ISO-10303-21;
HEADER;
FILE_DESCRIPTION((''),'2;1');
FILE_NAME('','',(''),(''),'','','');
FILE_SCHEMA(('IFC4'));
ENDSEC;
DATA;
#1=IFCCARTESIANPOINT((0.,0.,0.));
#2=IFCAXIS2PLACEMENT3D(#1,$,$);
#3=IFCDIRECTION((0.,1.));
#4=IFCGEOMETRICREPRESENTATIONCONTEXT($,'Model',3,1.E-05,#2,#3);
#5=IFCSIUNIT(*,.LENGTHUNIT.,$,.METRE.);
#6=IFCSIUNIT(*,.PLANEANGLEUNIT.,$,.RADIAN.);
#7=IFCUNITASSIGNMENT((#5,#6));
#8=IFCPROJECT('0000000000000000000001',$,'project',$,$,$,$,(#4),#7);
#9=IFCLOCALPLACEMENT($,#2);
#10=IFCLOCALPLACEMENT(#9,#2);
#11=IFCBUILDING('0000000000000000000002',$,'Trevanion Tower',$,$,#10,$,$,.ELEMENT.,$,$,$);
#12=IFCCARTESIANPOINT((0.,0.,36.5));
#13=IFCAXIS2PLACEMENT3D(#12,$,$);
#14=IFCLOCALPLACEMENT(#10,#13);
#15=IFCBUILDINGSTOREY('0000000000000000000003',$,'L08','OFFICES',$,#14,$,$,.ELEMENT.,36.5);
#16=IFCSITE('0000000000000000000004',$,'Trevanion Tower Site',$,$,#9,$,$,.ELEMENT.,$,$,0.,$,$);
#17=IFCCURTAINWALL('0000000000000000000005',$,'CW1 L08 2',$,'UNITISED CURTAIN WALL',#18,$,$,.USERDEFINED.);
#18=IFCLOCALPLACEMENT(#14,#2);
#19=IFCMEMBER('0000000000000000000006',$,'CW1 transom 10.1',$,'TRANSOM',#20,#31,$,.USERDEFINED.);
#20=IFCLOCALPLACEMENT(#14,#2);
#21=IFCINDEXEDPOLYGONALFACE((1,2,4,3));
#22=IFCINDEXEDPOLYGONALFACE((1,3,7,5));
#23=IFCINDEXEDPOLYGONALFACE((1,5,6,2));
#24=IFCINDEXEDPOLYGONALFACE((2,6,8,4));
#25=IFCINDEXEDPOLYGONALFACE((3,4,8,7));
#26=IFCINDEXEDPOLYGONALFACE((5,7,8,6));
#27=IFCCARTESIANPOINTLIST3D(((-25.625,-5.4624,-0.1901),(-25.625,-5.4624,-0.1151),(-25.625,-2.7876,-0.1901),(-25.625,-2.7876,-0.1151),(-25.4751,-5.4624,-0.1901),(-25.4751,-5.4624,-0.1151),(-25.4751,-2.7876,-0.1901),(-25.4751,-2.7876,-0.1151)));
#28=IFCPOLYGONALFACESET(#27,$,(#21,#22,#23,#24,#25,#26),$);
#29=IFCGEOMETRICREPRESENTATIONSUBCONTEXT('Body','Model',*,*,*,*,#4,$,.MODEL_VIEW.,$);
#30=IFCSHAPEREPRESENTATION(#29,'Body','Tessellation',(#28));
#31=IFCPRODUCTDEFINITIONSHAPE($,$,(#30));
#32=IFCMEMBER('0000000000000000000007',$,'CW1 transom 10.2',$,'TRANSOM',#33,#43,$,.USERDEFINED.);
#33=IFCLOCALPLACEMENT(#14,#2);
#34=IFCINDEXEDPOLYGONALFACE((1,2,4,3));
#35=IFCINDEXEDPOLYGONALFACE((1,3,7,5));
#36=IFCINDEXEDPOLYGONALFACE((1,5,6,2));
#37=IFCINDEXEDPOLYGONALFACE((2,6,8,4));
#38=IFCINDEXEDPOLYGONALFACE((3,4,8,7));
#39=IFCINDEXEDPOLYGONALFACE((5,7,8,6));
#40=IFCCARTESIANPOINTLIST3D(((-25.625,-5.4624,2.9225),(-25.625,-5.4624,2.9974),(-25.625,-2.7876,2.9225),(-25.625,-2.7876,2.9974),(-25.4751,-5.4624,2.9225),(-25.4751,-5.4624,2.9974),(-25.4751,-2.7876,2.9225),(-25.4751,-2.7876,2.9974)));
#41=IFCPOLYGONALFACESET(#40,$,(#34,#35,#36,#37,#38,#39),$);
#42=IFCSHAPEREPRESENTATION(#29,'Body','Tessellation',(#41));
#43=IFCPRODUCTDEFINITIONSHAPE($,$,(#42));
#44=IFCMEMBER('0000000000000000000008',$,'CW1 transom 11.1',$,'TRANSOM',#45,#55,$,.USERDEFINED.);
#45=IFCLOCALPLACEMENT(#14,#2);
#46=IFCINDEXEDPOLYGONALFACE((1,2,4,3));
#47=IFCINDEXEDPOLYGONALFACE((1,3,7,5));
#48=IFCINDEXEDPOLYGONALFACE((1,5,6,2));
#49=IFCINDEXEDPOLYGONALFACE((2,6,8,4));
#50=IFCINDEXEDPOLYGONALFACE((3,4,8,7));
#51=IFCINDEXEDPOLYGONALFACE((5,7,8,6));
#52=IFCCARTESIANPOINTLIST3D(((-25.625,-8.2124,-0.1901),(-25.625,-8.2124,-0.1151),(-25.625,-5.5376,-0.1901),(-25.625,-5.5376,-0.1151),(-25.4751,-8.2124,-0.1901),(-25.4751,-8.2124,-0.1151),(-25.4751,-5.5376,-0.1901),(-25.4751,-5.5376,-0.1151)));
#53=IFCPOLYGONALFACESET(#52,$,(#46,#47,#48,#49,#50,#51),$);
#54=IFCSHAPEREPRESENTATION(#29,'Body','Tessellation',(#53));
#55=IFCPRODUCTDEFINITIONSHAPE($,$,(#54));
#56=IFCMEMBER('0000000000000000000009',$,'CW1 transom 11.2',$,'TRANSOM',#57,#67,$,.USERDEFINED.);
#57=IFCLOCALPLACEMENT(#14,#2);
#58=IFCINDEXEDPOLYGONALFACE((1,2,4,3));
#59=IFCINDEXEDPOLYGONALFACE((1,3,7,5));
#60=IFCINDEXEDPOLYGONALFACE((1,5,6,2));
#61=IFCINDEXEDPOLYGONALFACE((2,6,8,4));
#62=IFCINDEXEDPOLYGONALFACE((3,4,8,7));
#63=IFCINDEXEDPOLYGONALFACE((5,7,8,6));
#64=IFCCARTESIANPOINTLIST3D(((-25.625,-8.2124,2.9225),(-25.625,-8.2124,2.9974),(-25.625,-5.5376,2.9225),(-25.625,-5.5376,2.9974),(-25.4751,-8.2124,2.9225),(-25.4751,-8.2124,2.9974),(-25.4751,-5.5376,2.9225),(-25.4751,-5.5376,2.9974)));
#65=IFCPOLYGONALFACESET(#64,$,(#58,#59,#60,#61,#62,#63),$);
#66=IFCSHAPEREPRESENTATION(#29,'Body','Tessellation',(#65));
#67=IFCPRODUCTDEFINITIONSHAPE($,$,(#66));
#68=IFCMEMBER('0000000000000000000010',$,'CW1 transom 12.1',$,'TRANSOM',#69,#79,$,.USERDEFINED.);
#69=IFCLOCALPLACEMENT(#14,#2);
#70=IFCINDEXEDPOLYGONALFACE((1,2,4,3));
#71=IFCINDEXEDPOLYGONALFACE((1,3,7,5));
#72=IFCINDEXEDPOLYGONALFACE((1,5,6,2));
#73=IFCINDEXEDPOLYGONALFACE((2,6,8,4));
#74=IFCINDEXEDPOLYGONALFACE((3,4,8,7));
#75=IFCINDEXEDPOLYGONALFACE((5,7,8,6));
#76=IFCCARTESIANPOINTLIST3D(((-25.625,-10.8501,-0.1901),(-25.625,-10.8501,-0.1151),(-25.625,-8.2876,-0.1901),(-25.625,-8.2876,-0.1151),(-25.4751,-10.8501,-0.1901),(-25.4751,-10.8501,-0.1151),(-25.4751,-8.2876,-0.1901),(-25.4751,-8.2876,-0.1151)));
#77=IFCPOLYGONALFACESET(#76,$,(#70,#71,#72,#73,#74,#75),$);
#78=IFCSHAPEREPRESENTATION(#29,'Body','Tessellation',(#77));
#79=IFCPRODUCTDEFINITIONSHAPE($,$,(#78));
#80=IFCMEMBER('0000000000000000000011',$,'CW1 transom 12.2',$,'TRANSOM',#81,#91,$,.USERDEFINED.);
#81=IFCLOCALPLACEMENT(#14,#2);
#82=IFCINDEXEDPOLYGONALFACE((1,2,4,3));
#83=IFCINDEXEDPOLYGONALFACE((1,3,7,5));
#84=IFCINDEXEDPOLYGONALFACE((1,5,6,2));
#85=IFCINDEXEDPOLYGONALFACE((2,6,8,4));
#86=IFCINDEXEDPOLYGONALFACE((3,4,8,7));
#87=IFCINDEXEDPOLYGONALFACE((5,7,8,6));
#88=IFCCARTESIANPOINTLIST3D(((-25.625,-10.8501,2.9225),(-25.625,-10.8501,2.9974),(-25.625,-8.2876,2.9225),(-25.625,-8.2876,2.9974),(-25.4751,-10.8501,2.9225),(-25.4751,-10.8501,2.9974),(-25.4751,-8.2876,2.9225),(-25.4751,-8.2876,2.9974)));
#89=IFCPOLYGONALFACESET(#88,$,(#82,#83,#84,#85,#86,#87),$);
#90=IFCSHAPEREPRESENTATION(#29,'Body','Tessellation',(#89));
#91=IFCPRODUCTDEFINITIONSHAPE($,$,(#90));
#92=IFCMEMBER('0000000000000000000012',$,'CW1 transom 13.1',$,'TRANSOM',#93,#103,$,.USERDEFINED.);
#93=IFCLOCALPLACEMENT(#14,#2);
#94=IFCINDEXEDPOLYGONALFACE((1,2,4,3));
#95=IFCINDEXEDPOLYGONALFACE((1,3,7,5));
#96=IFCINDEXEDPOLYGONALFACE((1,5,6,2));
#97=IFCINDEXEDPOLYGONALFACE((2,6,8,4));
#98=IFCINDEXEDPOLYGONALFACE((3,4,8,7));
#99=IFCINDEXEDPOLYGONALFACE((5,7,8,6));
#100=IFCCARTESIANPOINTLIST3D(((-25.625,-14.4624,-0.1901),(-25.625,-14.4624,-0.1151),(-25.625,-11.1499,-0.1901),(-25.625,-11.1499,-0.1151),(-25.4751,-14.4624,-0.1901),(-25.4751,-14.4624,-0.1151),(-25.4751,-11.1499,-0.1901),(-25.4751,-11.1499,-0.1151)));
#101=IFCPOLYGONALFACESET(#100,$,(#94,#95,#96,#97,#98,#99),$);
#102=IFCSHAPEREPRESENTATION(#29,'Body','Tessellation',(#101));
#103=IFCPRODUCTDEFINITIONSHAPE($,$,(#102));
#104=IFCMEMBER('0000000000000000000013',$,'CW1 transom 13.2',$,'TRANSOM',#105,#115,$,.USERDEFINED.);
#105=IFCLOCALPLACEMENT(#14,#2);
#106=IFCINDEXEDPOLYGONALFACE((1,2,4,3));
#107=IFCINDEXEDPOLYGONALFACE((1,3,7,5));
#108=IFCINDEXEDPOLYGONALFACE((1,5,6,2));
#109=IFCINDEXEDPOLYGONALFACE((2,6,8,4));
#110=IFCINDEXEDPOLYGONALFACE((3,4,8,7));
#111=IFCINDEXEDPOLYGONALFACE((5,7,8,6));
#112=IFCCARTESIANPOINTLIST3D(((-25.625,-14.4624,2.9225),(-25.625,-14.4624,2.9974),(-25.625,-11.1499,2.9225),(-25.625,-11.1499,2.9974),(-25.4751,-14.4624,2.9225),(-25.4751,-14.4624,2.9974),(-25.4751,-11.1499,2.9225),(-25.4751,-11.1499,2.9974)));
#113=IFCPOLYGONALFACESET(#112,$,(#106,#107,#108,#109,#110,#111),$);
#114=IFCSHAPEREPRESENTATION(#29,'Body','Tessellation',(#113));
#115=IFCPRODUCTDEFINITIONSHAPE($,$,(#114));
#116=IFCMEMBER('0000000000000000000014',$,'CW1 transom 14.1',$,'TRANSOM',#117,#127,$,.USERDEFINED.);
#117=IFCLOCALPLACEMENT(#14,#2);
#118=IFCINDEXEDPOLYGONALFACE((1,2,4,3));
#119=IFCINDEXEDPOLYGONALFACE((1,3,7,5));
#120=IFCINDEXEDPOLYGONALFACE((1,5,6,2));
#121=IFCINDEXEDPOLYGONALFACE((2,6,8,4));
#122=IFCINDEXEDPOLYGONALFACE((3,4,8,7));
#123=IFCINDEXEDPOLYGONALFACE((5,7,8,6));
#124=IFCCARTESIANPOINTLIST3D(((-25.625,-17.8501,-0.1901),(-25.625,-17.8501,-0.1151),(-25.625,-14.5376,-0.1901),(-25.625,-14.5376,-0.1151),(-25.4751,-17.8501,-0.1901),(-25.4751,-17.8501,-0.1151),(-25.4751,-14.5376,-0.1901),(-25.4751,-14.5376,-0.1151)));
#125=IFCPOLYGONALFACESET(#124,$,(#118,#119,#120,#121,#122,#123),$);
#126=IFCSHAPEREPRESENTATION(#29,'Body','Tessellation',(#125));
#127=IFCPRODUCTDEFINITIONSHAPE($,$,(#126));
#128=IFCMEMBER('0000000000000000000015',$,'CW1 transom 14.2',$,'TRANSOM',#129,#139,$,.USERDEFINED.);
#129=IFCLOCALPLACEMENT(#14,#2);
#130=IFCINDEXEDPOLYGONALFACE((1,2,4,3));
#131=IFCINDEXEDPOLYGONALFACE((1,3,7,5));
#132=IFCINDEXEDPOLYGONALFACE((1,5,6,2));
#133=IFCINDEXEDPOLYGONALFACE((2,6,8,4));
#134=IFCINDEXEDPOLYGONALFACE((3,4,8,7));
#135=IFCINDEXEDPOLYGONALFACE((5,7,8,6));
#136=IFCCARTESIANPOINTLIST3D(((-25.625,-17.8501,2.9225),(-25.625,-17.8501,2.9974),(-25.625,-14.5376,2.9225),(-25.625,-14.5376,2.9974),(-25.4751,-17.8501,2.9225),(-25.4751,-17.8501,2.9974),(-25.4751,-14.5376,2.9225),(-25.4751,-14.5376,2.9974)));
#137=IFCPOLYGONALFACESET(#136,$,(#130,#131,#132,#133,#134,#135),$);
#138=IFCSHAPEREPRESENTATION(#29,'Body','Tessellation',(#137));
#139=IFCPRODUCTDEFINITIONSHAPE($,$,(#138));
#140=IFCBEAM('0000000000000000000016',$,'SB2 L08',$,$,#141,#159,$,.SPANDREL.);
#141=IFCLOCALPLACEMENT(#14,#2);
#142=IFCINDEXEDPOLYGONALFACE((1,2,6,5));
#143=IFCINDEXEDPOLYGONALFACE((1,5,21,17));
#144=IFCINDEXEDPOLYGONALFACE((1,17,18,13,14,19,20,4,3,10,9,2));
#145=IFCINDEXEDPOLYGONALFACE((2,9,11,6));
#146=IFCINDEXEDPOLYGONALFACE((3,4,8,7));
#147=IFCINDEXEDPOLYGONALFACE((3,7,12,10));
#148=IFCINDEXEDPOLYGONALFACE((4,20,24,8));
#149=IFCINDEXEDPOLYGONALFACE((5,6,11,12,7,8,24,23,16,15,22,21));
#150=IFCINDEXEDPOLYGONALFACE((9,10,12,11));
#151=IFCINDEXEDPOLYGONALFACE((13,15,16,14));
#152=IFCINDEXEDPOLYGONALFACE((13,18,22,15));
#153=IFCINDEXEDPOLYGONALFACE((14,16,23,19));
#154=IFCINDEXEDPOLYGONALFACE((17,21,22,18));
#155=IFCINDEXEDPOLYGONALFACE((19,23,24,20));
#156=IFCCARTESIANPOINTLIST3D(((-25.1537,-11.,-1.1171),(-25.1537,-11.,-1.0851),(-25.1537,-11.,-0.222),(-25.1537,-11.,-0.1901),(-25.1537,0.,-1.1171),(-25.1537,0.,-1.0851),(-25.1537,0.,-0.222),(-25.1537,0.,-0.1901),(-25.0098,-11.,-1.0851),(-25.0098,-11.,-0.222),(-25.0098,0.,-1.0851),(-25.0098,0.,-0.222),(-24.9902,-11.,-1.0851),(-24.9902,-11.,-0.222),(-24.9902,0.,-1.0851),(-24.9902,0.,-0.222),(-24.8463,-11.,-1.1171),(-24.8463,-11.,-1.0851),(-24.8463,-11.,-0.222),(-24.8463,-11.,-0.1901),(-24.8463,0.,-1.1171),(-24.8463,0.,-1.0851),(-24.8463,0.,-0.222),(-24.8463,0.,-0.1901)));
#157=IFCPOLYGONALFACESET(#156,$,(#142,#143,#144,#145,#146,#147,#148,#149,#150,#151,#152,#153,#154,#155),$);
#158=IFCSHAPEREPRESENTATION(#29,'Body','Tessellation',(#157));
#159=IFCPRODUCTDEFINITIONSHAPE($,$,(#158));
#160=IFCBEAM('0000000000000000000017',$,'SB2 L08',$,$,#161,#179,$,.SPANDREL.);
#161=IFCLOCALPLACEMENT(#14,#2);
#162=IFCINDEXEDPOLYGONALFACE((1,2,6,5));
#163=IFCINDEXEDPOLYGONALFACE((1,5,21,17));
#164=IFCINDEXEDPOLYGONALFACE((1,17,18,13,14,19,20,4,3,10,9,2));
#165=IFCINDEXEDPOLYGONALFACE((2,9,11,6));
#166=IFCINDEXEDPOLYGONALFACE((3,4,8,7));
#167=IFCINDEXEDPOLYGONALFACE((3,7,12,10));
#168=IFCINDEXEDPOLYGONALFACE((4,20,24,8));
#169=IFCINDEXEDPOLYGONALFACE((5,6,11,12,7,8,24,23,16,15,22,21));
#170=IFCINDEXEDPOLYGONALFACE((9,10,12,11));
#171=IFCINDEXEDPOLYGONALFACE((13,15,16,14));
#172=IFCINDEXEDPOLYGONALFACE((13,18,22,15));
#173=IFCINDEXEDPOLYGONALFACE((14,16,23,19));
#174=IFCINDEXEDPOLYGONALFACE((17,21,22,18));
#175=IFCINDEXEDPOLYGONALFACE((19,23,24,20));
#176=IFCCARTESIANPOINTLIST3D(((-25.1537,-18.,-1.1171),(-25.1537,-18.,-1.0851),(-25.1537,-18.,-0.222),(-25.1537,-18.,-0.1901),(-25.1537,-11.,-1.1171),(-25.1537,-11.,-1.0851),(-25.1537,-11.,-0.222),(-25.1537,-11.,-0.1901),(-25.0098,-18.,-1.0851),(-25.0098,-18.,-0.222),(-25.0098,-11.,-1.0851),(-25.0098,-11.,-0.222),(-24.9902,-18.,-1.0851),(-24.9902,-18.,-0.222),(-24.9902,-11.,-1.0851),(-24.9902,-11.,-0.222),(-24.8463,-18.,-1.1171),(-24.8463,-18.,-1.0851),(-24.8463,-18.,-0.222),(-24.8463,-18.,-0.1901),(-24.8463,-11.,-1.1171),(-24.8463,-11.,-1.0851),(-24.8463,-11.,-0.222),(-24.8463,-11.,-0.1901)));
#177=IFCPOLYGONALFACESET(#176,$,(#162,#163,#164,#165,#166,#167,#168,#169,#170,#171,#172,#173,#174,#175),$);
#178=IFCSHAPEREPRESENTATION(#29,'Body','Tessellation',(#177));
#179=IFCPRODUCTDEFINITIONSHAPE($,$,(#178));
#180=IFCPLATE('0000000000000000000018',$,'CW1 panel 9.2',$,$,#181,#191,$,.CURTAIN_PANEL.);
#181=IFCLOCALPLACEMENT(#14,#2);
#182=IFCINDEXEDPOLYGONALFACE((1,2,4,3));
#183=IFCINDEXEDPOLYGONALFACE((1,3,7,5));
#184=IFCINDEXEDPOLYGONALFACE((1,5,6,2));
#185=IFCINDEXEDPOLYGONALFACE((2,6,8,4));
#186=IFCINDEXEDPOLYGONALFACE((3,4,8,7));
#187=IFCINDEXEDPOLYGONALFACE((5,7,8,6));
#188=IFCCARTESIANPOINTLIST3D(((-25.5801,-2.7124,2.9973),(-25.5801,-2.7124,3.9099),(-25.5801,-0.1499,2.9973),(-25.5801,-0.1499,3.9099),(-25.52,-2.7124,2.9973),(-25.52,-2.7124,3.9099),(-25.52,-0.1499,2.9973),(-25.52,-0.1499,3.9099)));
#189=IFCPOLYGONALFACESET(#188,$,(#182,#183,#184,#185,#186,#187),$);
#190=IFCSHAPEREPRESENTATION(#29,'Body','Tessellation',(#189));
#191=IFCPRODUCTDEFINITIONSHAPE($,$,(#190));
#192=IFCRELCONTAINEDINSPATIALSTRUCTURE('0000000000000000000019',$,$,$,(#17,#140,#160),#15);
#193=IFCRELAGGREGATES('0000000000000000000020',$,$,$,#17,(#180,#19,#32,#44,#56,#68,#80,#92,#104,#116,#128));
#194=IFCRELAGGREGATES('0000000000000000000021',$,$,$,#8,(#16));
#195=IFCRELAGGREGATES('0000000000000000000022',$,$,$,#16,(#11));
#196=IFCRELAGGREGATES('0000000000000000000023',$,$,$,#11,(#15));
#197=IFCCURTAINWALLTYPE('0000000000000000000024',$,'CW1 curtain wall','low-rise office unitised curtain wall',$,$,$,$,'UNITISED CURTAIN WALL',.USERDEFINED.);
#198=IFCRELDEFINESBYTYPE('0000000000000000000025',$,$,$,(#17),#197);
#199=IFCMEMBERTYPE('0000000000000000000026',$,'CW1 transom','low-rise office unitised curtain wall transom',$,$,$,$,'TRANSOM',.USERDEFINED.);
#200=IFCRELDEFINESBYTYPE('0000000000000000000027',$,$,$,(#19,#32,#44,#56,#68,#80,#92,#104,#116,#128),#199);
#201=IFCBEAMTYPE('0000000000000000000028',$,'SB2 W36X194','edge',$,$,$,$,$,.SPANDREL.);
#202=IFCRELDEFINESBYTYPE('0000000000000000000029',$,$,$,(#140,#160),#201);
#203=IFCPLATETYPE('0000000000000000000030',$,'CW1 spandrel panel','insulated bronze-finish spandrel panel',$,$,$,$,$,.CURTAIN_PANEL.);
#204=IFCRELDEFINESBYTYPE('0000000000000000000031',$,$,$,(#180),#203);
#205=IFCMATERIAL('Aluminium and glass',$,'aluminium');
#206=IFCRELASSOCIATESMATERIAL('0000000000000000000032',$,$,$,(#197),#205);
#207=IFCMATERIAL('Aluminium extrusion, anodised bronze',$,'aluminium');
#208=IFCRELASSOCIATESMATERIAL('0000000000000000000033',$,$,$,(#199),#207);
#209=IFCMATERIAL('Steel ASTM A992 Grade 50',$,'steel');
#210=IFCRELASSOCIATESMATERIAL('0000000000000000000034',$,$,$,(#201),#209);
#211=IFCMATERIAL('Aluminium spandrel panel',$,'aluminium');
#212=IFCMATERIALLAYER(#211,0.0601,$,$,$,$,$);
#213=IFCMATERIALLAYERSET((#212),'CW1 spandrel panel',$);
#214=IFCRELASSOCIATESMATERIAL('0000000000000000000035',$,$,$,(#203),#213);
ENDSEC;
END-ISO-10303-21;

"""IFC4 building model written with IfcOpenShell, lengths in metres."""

from ifc_helpers import new_model, si_unit, direction, frame, origin, origin_2d, place, context, subcontext, project, spatial, rectangle, i_section, extrude, material, layer, layer_set, material_profile, profile_set, type_object, element, aggregate, save


model = new_model("IFC4")

# Units and contexts
model_context = context("Model", 3, precision=1e-05, world=origin(), true_north=direction((0.0, 1.0)))
body_context = subcontext(model_context, "Body", "Model", "MODEL_VIEW")
ifc_project = project(units=[si_unit("LENGTHUNIT", "METRE"), si_unit("PLANEANGLEUNIT", "RADIAN")], contexts=[model_context])

# Site, building, storey
site_placement = place(None, origin())
site = spatial("IfcSite", under=ifc_project, at=site_placement, Name="Trevanion Tower Site", CompositionType="ELEMENT", RefElevation=0.0)
building_placement = place(site_placement, origin())
building = spatial("IfcBuilding", under=site, at=building_placement, Name="Trevanion Tower", CompositionType="ELEMENT")
storey_placement = place(building_placement, frame((0.0, 0.0, 36.5)))
storey = spatial("IfcBuildingStorey", under=building, at=storey_placement, Name="L08", Description="OFFICES", CompositionType="ELEMENT", Elevation=36.5)

# Curtain wall, members
ifc_material_1 = material(Name="Aluminium and glass", Category="aluminium")
curtain_wall_type = type_object("IfcCurtainWallType", Name="CW1 curtain wall", Description="low-rise office unitised curtain wall", ElementType="UNITISED CURTAIN WALL", PredefinedType="USERDEFINED", material=ifc_material_1)
curtain_wall_placement = place(storey_placement, origin())
curtain_wall = element("IfcCurtainWall", 1, at=curtain_wall_placement, inside=storey, type_object=curtain_wall_type, Name="CW1 L08 2", ObjectType="UNITISED CURTAIN WALL", PredefinedType="USERDEFINED")
ifc_material_2 = material(Name="Aluminium extrusion, anodised bronze", Category="aluminium")
ifc_material_profile_1 = material_profile(ifc_material_2, rectangle(XDim=0.1499, YDim=0.075, at=origin_2d()), Name="CW1 transom")
ifc_profile_set_1 = profile_set([ifc_material_profile_1], Name="Aluminium extrusion, anodised bronze")
member_type_1 = type_object("IfcMemberType", Name="CW1 transom", Description="low-rise office unitised curtain wall transom", ElementType="TRANSOM", PredefinedType="USERDEFINED", material=ifc_profile_set_1)
member_1_placement = place(storey_placement, frame((-25.55, -2.7876, -0.1526), z_axis=(0.0, -1.0, 0.0), x_axis=(1.0, 0.0, 0.0)))
member_1 = element("IfcMember", 2, at=member_1_placement, type_object=member_type_1, Name="CW1 transom 10.1", ObjectType="TRANSOM", PredefinedType="USERDEFINED", context=body_context, shape_type="SweptSolid", body=[
    extrude(rectangle(XDim=0.1499, YDim=0.075, at=origin_2d()), origin(), (0.0, 0.0, 1.0), 2.6748),
])
member_2_placement = place(storey_placement, frame((-25.55, -2.7876, 2.96), z_axis=(0.0, -1.0, 0.0), x_axis=(1.0, 0.0, 0.0)))
member_2 = element("IfcMember", 3, at=member_2_placement, type_object=member_type_1, Name="CW1 transom 10.2", ObjectType="TRANSOM", PredefinedType="USERDEFINED", context=body_context, shape_type="SweptSolid", body=[
    extrude(rectangle(XDim=0.1499, YDim=0.075, at=origin_2d()), origin(), (0.0, 0.0, 1.0), 2.6748),
])
member_3_placement = place(storey_placement, frame((-25.55, -5.5376, -0.1526), z_axis=(0.0, -1.0, 0.0), x_axis=(1.0, 0.0, 0.0)))
member_3 = element("IfcMember", 4, at=member_3_placement, type_object=member_type_1, Name="CW1 transom 11.1", ObjectType="TRANSOM", PredefinedType="USERDEFINED", context=body_context, shape_type="SweptSolid", body=[
    extrude(rectangle(XDim=0.1499, YDim=0.075, at=origin_2d()), origin(), (0.0, 0.0, 1.0), 2.6748),
])
member_4_placement = place(storey_placement, frame((-25.55, -5.5376, 2.96), z_axis=(0.0, -1.0, 0.0), x_axis=(1.0, 0.0, 0.0)))
member_4 = element("IfcMember", 5, at=member_4_placement, type_object=member_type_1, Name="CW1 transom 11.2", ObjectType="TRANSOM", PredefinedType="USERDEFINED", context=body_context, shape_type="SweptSolid", body=[
    extrude(rectangle(XDim=0.1499, YDim=0.075, at=origin_2d()), origin(), (0.0, 0.0, 1.0), 2.6748),
])
member_5_placement = place(storey_placement, frame((-25.55, -8.2876, -0.1526), z_axis=(0.0, -1.0, 0.0), x_axis=(1.0, 0.0, 0.0)))
member_5 = element("IfcMember", 6, at=member_5_placement, type_object=member_type_1, Name="CW1 transom 12.1", ObjectType="TRANSOM", PredefinedType="USERDEFINED", context=body_context, shape_type="SweptSolid", body=[
    extrude(rectangle(XDim=0.1499, YDim=0.075, at=origin_2d()), origin(), (0.0, 0.0, 1.0), 2.5625),
])
member_6_placement = place(storey_placement, frame((-25.55, -8.2876, 2.96), z_axis=(0.0, -1.0, 0.0), x_axis=(1.0, 0.0, 0.0)))
member_6 = element("IfcMember", 7, at=member_6_placement, type_object=member_type_1, Name="CW1 transom 12.2", ObjectType="TRANSOM", PredefinedType="USERDEFINED", context=body_context, shape_type="SweptSolid", body=[
    extrude(rectangle(XDim=0.1499, YDim=0.075, at=origin_2d()), origin(), (0.0, 0.0, 1.0), 2.5625),
])
member_7_placement = place(storey_placement, frame((-25.55, -11.1499, -0.1526), z_axis=(0.0, -1.0, 0.0), x_axis=(1.0, 0.0, 0.0)))
member_7 = element("IfcMember", 8, at=member_7_placement, type_object=member_type_1, Name="CW1 transom 13.1", ObjectType="TRANSOM", PredefinedType="USERDEFINED", context=body_context, shape_type="SweptSolid", body=[
    extrude(rectangle(XDim=0.1499, YDim=0.075, at=origin_2d()), origin(), (0.0, 0.0, 1.0), 3.3125),
])
member_8_placement = place(storey_placement, frame((-25.55, -11.1499, 2.96), z_axis=(0.0, -1.0, 0.0), x_axis=(1.0, 0.0, 0.0)))
member_8 = element("IfcMember", 9, at=member_8_placement, type_object=member_type_1, Name="CW1 transom 13.2", ObjectType="TRANSOM", PredefinedType="USERDEFINED", context=body_context, shape_type="SweptSolid", body=[
    extrude(rectangle(XDim=0.1499, YDim=0.075, at=origin_2d()), origin(), (0.0, 0.0, 1.0), 3.3125),
])
member_9_placement = place(storey_placement, frame((-25.55, -14.5376, -0.1526), z_axis=(0.0, -1.0, 0.0), x_axis=(1.0, 0.0, 0.0)))
member_9 = element("IfcMember", 10, at=member_9_placement, type_object=member_type_1, Name="CW1 transom 14.1", ObjectType="TRANSOM", PredefinedType="USERDEFINED", context=body_context, shape_type="SweptSolid", body=[
    extrude(rectangle(XDim=0.1499, YDim=0.075, at=origin_2d()), origin(), (0.0, 0.0, 1.0), 3.3125),
])
member_10_placement = place(storey_placement, frame((-25.55, -14.5376, 2.96), z_axis=(0.0, -1.0, 0.0), x_axis=(1.0, 0.0, 0.0)))
member_10 = element("IfcMember", 11, at=member_10_placement, type_object=member_type_1, Name="CW1 transom 14.2", ObjectType="TRANSOM", PredefinedType="USERDEFINED", context=body_context, shape_type="SweptSolid", body=[
    extrude(rectangle(XDim=0.1499, YDim=0.075, at=origin_2d()), origin(), (0.0, 0.0, 1.0), 3.3125),
])

# Beams
ifc_material_3 = material(Name="Steel ASTM A992 Grade 50", Category="steel")
ifc_material_profile_2 = material_profile(ifc_material_3, i_section(OverallWidth=0.3074, OverallDepth=0.927, WebThickness=0.0195, FlangeThickness=0.032, at=origin_2d()), Name="W36X194")
ifc_profile_set_2 = profile_set([ifc_material_profile_2], Name="Steel ASTM A992 Grade 50")
beam_type_1 = type_object("IfcBeamType", Name="SB2 W36X194", Description="edge", PredefinedType="SPANDREL", material=ifc_profile_set_2)
beam_1_placement = place(storey_placement, frame((-25.0, 0.0, -0.6536), z_axis=(0.0, -1.0, 0.0), x_axis=(1.0, 0.0, 0.0)))
element("IfcBeam", 12, at=beam_1_placement, inside=storey, type_object=beam_type_1, Name="SB2 L08", PredefinedType="SPANDREL", context=body_context, shape_type="SweptSolid", body=[
    extrude(i_section(OverallWidth=0.3074, OverallDepth=0.927, WebThickness=0.0195, FlangeThickness=0.032, at=origin_2d()), origin(), (0.0, 0.0, 1.0), 11.0),
])
beam_2_placement = place(storey_placement, frame((-25.0, -11.0, -0.6536), z_axis=(0.0, -1.0, 0.0), x_axis=(1.0, 0.0, 0.0)))
element("IfcBeam", 13, at=beam_2_placement, inside=storey, type_object=beam_type_1, Name="SB2 L08", PredefinedType="SPANDREL", context=body_context, shape_type="SweptSolid", body=[
    extrude(i_section(OverallWidth=0.3074, OverallDepth=0.927, WebThickness=0.0195, FlangeThickness=0.032, at=origin_2d()), origin(), (0.0, 0.0, 1.0), 7.0),
])

# Plate
ifc_material_4 = material(Name="Aluminium spandrel panel", Category="aluminium")
ifc_layer_1 = layer(ifc_material_4, 0.0601)
ifc_layer_set_1 = layer_set([ifc_layer_1], Name="CW1 spandrel panel")
plate_type_1 = type_object("IfcPlateType", Name="CW1 spandrel panel", Description="insulated bronze-finish spandrel panel", PredefinedType="CURTAIN_PANEL", material=ifc_layer_set_1)
plate_1_placement = place(storey_placement, frame((-25.55, -1.4312, 2.9973), z_axis=(0.0, 0.0, 1.0), x_axis=(0.0, -1.0, 0.0)))
plate_1 = element("IfcPlate", 14, at=plate_1_placement, type_object=plate_type_1, Name="CW1 panel 9.2", PredefinedType="CURTAIN_PANEL", context=body_context, shape_type="SweptSolid", body=[
    extrude(rectangle(XDim=2.5625, YDim=0.0601, at=origin_2d()), origin(), (0.0, 0.0, 1.0), 0.9126),
])
aggregate(curtain_wall, [plate_1, member_1, member_2, member_3, member_4, member_5, member_6, member_7, member_8, member_9, member_10])

save(model, "model.ifc")
